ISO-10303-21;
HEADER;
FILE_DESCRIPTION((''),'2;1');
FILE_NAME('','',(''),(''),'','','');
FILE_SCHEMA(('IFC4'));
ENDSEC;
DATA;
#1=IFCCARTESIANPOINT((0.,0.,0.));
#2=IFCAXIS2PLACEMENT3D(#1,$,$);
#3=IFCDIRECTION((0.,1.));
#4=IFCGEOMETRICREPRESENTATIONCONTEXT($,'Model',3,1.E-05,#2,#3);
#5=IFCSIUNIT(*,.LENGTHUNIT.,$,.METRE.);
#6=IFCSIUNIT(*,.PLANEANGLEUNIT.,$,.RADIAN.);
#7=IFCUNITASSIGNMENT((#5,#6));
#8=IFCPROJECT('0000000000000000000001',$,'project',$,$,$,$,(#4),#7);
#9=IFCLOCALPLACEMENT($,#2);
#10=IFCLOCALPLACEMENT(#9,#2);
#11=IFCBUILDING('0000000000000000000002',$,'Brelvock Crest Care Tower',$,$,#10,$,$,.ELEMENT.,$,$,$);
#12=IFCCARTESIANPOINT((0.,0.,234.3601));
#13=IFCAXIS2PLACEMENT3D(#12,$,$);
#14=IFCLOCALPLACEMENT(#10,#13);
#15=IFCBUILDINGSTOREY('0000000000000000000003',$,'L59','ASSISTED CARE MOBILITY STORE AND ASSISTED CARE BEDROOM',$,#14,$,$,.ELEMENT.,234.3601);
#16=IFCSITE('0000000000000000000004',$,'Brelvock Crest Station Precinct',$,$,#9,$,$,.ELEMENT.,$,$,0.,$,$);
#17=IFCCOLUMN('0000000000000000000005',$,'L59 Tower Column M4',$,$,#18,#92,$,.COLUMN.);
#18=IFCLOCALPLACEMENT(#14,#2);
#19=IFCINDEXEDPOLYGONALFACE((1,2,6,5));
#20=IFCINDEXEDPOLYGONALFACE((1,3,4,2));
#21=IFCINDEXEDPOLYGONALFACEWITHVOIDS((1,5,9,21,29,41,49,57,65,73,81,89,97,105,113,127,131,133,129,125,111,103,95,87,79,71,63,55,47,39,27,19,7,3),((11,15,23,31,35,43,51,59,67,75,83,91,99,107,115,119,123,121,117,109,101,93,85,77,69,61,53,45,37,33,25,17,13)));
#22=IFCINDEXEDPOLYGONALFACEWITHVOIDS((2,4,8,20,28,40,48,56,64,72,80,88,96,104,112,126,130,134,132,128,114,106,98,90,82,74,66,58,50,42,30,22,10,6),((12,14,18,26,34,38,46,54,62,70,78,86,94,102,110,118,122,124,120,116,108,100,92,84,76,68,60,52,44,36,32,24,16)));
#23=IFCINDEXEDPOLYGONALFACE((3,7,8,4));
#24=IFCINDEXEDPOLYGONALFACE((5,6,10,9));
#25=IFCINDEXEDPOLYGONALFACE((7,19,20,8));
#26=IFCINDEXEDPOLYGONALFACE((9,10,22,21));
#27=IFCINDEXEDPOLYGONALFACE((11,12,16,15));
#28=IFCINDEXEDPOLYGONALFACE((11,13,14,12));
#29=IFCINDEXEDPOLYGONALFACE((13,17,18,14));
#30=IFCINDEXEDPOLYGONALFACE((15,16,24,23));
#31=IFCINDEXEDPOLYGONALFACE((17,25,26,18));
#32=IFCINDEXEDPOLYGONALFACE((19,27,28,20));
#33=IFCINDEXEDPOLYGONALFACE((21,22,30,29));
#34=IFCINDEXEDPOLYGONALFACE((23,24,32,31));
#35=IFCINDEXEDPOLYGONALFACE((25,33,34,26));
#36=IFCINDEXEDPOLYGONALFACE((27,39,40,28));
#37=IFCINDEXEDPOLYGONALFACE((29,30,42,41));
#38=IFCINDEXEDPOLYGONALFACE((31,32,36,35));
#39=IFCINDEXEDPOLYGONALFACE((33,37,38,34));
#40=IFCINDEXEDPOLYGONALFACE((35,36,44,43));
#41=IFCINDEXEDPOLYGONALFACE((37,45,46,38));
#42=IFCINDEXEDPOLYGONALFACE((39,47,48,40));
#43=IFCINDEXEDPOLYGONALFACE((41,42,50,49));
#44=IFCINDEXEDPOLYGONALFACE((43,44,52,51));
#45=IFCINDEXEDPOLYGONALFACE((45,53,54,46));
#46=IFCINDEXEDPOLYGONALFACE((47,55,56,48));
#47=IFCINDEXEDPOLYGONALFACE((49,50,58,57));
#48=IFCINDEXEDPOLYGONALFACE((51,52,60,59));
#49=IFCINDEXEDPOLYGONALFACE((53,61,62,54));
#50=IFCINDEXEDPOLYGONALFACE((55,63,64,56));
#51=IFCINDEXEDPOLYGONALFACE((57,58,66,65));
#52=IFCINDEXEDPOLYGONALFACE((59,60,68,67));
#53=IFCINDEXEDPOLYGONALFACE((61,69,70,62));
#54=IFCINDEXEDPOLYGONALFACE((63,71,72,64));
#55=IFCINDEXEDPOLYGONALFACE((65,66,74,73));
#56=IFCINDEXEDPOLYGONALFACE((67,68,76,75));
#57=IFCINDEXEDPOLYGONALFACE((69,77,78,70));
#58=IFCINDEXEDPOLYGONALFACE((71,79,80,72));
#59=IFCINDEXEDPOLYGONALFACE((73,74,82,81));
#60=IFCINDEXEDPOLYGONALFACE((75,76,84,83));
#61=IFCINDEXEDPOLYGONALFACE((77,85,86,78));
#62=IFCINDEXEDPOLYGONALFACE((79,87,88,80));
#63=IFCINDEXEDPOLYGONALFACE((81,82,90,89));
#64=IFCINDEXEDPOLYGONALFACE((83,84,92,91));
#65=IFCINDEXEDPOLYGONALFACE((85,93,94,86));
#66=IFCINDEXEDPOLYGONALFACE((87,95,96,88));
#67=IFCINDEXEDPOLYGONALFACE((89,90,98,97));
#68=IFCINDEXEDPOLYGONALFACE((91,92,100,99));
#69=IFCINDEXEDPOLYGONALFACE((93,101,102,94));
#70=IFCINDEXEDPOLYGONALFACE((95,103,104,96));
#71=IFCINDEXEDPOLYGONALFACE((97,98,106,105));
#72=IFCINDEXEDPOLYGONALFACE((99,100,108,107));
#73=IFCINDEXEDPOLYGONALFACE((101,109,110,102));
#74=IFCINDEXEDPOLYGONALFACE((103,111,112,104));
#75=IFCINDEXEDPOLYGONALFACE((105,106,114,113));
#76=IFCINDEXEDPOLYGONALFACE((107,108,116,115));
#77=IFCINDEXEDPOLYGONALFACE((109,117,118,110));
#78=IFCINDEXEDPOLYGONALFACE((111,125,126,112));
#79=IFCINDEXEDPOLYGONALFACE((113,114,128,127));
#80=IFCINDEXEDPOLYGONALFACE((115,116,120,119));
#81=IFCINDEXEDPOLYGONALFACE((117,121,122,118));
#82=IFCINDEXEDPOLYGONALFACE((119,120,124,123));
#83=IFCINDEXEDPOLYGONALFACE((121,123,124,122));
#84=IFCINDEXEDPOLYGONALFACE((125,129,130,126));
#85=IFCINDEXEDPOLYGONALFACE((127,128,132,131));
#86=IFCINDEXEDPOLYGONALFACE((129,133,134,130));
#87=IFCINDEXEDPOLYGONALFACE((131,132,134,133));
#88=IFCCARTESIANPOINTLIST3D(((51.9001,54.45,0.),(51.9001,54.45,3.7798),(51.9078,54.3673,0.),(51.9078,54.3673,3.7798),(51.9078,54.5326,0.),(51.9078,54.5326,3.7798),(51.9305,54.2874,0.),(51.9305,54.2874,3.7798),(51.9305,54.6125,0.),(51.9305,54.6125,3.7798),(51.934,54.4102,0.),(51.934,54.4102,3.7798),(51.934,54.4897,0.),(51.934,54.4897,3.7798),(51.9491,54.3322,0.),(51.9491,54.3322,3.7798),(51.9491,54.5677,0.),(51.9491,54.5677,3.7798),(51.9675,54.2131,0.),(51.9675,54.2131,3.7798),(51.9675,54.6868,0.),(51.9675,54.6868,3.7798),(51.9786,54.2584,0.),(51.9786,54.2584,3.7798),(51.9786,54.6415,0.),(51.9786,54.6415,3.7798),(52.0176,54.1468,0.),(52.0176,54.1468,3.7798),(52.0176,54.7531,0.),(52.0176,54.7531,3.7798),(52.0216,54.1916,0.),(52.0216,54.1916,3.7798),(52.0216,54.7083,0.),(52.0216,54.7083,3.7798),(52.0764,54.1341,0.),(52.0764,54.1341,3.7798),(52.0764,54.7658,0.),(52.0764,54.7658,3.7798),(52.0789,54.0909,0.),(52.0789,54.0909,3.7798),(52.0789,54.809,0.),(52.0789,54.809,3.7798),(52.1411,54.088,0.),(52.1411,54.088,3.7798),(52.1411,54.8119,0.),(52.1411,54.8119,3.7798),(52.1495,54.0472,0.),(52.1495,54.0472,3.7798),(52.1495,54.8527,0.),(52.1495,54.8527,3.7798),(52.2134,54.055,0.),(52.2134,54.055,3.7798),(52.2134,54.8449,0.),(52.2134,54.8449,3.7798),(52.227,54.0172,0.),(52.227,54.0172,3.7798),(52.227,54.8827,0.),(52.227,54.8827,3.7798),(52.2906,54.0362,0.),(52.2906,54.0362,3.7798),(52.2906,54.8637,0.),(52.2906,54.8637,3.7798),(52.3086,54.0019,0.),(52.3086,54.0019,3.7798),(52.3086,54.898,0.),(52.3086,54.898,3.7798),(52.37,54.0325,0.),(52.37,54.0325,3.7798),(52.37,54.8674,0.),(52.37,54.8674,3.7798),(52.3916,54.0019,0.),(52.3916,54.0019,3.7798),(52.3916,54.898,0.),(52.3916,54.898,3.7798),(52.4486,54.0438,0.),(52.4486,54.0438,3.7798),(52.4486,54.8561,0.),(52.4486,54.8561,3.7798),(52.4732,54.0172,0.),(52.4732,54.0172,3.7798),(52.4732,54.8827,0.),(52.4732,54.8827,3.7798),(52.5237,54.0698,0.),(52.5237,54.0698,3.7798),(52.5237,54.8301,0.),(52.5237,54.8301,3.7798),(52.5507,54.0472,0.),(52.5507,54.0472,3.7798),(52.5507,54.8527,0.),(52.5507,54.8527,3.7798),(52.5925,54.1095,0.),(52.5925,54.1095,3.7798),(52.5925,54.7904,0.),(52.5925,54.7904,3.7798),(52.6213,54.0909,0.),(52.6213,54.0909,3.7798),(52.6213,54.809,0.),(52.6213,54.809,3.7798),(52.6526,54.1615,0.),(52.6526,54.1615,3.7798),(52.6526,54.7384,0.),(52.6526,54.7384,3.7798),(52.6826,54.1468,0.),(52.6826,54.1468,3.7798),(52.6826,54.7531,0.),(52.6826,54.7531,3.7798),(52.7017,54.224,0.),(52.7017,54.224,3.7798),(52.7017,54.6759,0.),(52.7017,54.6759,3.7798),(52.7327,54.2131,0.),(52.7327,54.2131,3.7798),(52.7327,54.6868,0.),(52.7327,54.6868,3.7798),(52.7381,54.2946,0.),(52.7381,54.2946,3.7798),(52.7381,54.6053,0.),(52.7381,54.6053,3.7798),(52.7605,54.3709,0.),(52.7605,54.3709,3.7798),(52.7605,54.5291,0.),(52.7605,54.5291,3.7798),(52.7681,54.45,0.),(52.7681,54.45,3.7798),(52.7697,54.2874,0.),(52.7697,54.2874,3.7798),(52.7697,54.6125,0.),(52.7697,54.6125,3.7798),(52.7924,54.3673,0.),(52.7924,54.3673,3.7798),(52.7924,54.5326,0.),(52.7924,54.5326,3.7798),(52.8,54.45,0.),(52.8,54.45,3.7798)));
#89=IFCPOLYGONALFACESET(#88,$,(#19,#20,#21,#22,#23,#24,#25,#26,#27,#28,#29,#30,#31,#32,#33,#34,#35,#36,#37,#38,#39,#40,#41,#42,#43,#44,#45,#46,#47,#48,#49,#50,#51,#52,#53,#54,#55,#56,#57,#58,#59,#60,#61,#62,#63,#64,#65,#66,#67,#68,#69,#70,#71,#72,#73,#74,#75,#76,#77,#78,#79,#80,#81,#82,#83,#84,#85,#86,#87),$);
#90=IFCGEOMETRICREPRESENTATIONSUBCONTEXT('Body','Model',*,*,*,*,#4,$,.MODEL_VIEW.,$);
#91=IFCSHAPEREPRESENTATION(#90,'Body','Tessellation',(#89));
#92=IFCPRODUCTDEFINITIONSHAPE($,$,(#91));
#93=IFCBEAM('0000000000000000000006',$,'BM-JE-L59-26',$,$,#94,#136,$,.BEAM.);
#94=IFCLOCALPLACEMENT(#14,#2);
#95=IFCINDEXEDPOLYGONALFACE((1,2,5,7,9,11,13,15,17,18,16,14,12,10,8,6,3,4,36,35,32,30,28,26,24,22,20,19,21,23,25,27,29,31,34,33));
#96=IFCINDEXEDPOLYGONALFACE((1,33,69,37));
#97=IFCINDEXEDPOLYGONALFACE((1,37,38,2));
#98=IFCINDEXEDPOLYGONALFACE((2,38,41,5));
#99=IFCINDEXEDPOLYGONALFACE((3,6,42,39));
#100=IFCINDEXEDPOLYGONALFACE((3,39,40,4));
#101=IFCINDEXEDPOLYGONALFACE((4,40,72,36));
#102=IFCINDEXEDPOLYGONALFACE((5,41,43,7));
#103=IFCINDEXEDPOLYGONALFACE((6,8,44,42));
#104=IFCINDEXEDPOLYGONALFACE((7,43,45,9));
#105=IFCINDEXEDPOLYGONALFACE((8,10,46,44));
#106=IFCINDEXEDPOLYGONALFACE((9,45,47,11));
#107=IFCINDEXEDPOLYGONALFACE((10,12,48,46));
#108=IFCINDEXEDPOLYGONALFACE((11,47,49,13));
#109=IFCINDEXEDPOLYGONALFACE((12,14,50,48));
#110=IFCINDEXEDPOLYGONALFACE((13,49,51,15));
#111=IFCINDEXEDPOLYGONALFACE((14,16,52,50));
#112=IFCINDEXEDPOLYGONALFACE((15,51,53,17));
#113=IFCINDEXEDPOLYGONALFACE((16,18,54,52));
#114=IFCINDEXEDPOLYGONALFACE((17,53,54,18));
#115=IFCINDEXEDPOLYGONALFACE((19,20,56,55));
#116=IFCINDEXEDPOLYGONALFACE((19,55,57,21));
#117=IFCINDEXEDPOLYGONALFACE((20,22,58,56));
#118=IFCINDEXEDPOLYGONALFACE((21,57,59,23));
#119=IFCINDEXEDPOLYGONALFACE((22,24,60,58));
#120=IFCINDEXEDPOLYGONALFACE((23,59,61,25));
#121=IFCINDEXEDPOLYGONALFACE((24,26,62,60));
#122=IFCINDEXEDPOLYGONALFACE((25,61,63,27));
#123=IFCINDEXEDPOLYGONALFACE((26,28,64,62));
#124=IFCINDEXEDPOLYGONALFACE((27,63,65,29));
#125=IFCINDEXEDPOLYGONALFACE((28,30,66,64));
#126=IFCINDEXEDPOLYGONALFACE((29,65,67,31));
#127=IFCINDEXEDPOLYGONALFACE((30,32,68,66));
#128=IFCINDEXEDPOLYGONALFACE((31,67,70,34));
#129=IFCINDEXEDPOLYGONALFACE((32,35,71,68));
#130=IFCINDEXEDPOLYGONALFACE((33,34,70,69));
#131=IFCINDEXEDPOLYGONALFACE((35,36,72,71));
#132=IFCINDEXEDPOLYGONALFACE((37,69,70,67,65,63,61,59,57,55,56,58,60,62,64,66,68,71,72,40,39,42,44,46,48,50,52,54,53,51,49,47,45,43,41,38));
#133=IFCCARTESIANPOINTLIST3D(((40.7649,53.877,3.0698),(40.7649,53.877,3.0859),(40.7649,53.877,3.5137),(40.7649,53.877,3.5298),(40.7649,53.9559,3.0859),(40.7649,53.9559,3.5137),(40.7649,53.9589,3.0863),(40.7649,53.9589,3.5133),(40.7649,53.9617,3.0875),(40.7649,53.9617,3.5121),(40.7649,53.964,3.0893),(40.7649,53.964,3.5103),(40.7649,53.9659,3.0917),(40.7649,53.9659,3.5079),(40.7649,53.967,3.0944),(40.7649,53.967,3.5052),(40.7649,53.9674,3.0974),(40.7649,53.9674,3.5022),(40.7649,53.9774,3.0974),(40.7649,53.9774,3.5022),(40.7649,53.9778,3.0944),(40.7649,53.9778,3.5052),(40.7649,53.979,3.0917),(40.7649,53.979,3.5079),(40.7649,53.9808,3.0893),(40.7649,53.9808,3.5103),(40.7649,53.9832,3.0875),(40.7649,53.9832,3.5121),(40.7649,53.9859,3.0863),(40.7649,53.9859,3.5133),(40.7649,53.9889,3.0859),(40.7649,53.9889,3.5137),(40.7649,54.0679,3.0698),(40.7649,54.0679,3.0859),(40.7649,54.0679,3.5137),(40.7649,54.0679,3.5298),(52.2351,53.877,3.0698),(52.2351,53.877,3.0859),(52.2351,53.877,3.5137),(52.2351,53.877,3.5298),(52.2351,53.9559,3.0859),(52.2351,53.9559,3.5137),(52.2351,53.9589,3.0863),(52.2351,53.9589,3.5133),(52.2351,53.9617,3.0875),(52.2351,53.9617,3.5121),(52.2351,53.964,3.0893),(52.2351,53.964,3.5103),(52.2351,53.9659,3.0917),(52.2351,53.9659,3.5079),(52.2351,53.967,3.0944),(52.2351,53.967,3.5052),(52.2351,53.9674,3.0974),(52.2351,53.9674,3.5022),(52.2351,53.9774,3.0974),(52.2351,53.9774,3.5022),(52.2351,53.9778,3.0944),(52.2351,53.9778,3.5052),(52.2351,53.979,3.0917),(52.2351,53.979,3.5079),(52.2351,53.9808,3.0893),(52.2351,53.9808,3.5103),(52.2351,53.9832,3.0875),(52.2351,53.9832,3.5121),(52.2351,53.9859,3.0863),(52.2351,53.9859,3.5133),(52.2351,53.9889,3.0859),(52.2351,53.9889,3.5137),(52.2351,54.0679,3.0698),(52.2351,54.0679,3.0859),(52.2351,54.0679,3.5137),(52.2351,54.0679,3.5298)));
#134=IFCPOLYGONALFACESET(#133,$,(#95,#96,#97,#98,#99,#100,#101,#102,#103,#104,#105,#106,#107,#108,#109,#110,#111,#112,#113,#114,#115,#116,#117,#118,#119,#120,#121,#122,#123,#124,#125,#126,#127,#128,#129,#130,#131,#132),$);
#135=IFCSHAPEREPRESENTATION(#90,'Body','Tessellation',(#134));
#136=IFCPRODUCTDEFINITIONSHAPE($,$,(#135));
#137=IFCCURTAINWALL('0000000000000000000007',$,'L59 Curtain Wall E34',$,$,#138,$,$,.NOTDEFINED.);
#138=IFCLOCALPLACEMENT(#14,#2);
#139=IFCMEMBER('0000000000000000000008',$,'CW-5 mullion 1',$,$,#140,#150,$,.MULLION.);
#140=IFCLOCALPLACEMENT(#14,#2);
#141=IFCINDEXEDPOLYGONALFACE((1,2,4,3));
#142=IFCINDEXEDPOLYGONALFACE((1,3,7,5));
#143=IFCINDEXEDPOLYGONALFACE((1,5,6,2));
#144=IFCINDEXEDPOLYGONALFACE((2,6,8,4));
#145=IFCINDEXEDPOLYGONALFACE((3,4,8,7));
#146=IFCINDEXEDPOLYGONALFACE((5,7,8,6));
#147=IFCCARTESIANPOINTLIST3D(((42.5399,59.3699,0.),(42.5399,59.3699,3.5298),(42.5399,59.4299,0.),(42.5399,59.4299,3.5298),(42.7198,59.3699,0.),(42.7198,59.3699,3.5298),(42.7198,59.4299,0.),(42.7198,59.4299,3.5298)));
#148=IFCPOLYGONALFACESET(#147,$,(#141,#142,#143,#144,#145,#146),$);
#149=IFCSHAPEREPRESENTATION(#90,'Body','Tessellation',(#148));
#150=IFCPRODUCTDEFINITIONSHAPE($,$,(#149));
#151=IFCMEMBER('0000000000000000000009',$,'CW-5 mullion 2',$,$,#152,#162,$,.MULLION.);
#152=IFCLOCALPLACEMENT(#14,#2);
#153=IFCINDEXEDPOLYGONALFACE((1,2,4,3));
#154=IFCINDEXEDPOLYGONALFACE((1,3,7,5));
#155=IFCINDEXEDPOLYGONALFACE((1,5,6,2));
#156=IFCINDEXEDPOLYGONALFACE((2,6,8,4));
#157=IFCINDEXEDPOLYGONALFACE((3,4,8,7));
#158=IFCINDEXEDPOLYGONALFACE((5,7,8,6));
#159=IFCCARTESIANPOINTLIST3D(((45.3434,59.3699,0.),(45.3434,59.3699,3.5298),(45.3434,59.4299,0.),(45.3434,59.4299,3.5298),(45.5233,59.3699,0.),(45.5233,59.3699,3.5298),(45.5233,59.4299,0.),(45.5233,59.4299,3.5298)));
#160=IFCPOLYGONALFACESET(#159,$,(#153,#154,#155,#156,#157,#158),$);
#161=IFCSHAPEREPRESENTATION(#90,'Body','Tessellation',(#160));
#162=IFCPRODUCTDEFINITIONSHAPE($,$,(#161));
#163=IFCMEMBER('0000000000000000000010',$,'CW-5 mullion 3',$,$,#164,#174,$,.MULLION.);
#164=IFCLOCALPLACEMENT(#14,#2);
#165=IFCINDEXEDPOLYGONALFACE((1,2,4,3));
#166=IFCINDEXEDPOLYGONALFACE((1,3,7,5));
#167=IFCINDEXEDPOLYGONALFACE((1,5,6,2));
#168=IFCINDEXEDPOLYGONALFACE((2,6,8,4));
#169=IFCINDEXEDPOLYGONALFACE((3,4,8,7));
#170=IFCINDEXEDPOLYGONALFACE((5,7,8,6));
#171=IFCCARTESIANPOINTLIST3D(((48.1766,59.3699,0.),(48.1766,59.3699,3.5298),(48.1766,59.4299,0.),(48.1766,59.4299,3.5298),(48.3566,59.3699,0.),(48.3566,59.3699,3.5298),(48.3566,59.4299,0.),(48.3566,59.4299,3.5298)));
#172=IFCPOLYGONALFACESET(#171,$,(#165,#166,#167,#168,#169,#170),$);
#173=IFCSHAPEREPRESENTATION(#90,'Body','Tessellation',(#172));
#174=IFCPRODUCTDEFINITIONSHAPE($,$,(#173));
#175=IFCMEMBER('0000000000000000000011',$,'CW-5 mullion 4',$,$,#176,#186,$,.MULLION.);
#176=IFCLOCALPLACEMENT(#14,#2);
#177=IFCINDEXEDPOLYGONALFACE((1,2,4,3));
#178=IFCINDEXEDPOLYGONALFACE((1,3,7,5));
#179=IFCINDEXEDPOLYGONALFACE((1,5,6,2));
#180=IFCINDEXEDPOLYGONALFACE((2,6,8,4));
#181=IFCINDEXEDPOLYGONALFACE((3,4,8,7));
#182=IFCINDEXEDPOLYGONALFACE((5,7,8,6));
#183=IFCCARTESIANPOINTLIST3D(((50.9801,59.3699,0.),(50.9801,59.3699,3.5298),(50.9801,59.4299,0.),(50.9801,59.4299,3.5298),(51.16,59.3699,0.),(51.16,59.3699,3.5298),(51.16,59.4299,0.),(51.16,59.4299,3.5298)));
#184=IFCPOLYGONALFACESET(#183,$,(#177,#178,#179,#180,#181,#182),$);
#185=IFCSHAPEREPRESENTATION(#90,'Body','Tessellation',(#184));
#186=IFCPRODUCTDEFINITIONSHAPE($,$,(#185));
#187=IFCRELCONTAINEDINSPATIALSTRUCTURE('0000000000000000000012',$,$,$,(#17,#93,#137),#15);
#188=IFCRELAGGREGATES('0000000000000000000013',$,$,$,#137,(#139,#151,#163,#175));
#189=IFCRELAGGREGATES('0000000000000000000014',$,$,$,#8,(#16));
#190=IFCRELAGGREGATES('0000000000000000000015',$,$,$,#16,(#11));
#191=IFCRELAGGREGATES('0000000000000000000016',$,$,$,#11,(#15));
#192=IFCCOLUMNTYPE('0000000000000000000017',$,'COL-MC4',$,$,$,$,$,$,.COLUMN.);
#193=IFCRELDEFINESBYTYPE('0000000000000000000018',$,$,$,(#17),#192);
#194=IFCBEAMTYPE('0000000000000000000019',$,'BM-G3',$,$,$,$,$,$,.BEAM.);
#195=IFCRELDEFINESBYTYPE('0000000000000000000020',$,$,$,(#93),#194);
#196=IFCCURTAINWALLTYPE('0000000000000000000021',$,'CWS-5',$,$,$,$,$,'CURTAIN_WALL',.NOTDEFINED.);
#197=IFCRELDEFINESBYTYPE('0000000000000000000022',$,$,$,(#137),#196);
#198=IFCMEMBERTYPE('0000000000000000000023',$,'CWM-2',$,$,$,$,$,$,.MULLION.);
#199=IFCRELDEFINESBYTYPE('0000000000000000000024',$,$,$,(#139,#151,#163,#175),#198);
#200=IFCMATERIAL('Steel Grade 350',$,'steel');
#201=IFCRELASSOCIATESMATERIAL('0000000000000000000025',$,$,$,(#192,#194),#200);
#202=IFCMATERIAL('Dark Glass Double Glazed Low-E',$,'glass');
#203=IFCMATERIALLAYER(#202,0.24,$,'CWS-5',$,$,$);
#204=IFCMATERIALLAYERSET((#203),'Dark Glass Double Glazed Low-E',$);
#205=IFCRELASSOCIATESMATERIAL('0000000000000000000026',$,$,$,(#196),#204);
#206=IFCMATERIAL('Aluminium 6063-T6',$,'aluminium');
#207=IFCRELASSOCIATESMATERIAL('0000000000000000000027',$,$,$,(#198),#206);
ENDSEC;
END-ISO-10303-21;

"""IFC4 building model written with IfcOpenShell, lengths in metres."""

from ifc_helpers import new_model, si_unit, direction, frame, origin, origin_2d, place, context, subcontext, project, spatial, rectangle, hollow_circle, i_section, extrude, source, transform, mapped, material, layer, layer_set, material_profile, profile_set, type_object, element, aggregate, save


model = new_model("IFC4")

# Units and contexts
model_context = context("Model", 3, precision=1e-05, world=origin(), true_north=direction((0.0, 1.0)))
body_context = subcontext(model_context, "Body", "Model", "MODEL_VIEW")
ifc_project = project(units=[si_unit("LENGTHUNIT", "METRE"), si_unit("PLANEANGLEUNIT", "RADIAN")], contexts=[model_context])

# Site, building, storey
site_placement = place(None, origin())
site = spatial("IfcSite", under=ifc_project, at=site_placement, Name="Brelvock Crest Station Precinct", CompositionType="ELEMENT", RefElevation=0.0)
building_placement = place(site_placement, origin())
building = spatial("IfcBuilding", under=site, at=building_placement, Name="Brelvock Crest Care Tower", CompositionType="ELEMENT")
storey_placement = place(building_placement, frame((0.0, 0.0, 234.3601)))
storey = spatial("IfcBuildingStorey", under=building, at=storey_placement, Name="L59", Description="ASSISTED CARE MOBILITY STORE AND ASSISTED CARE BEDROOM", CompositionType="ELEMENT", Elevation=234.3601)

# Column
ifc_material_1 = material(Name="Steel Grade 350", Category="steel")
ifc_material_profile_1 = material_profile(ifc_material_1, hollow_circle(Radius=0.45, WallThickness=0.032, at=origin_2d()), Name="CFT900x32")
ifc_profile_set_1 = profile_set([ifc_material_profile_1], Name="Steel Grade 350")
column_type = type_object("IfcColumnType", Name="COL-MC4", PredefinedType="COLUMN", material=ifc_profile_set_1)
shared_shape_1 = source(origin(), body_context, "Body", "SweptSolid", [
    extrude(hollow_circle(Radius=0.45, WallThickness=0.032, at=origin_2d()), origin(), (0.0, 0.0, 1.0), 3.7798),
])
column_placement = place(storey_placement, frame((52.3501, 54.45, 0.0), z_axis=(0.0, 0.0, 1.0), x_axis=(1.0, 0.0, 0.0)))
element("IfcColumn", 1, at=column_placement, inside=storey, type_object=column_type, Name="L59 Tower Column M4", PredefinedType="COLUMN", context=body_context, shape_type="MappedRepresentation", body=[
    mapped(shared_shape_1, transform((0.0, 0.0, 0.0), x_axis=(1.0, 0.0, 0.0), y_axis=(0.0, 1.0, 0.0), z_axis=(0.0, 0.0, 1.0), scale=1.0)),
])

# Beam
ifc_material_profile_2 = material_profile(ifc_material_1, i_section(OverallWidth=0.1909, OverallDepth=0.46, WebThickness=0.01, FlangeThickness=0.0161, FilletRadius=0.0115, at=origin_2d()), Name="460UB82.1")
ifc_profile_set_2 = profile_set([ifc_material_profile_2], Name="Steel Grade 350")
beam_type = type_object("IfcBeamType", Name="BM-G3", PredefinedType="BEAM", material=ifc_profile_set_2)
shared_shape_2 = source(origin(), body_context, "Body", "SweptSolid", [
    extrude(i_section(OverallWidth=0.1909, OverallDepth=0.46, WebThickness=0.01, FlangeThickness=0.0161, FilletRadius=0.0115, at=origin_2d()), origin(), (0.0, 0.0, 1.0), 11.4702),
])
beam_placement = place(storey_placement, frame((40.7649, 53.9724, 3.2998), z_axis=(1.0, 0.0, 0.0), x_axis=(0.0, 1.0, 0.0)))
element("IfcBeam", 2, at=beam_placement, inside=storey, type_object=beam_type, Name="BM-JE-L59-26", PredefinedType="BEAM", context=body_context, shape_type="MappedRepresentation", body=[
    mapped(shared_shape_2, transform((0.0, 0.0, 0.0), x_axis=(1.0, 0.0, 0.0), y_axis=(0.0, 1.0, 0.0), z_axis=(0.0, 0.0, 1.0), scale=1.0)),
])

# Curtain wall, members
ifc_material_2 = material(Name="Dark Glass Double Glazed Low-E", Category="glass")
ifc_layer_1 = layer(ifc_material_2, 0.24, Name="CWS-5")
ifc_layer_set_1 = layer_set([ifc_layer_1], Name="Dark Glass Double Glazed Low-E")
curtain_wall_type = type_object("IfcCurtainWallType", Name="CWS-5", ElementType="CURTAIN_WALL", PredefinedType="NOTDEFINED", material=ifc_layer_set_1)
curtain_wall_1_placement = place(storey_placement, origin())
curtain_wall_1 = element("IfcCurtainWall", 3, at=curtain_wall_1_placement, inside=storey, type_object=curtain_wall_type, Name="L59 Curtain Wall E34", PredefinedType="NOTDEFINED")
ifc_material_3 = material(Name="Aluminium 6063-T6", Category="aluminium")
ifc_material_profile_3 = material_profile(ifc_material_3, rectangle(XDim=0.0601, YDim=0.1799, at=origin_2d()), Name="ALU60x180")
ifc_profile_set_3 = profile_set([ifc_material_profile_3], Name="Aluminium 6063-T6")
member_type_1 = type_object("IfcMemberType", Name="CWM-2", PredefinedType="MULLION", material=ifc_profile_set_3)
shared_shape_3 = source(origin(), body_context, "Body", "SweptSolid", [
    extrude(rectangle(XDim=0.0601, YDim=0.1799, at=origin_2d()), origin(), (0.0, 0.0, 1.0), 3.5298),
])
member_1_placement = place(storey_placement, frame((42.6299, 59.3999, 0.0), z_axis=(0.0, 0.0, 1.0), x_axis=(0.0, 1.0, 0.0)))
member_1 = element("IfcMember", 4, at=member_1_placement, type_object=member_type_1, Name="CW-5 mullion 1", PredefinedType="MULLION", context=body_context, shape_type="MappedRepresentation", body=[
    mapped(shared_shape_3, transform((0.0, 0.0, 0.0), x_axis=(1.0, 0.0, 0.0), y_axis=(0.0, 1.0, 0.0), z_axis=(0.0, 0.0, 1.0), scale=1.0)),
])
member_2_placement = place(storey_placement, frame((45.4333, 59.3999, 0.0), z_axis=(0.0, 0.0, 1.0), x_axis=(0.0, 1.0, 0.0)))
member_2 = element("IfcMember", 5, at=member_2_placement, type_object=member_type_1, Name="CW-5 mullion 2", PredefinedType="MULLION", context=body_context, shape_type="MappedRepresentation", body=[
    mapped(shared_shape_3, transform((0.0, 0.0, 0.0), x_axis=(1.0, 0.0, 0.0), y_axis=(0.0, 1.0, 0.0), z_axis=(0.0, 0.0, 1.0), scale=1.0)),
])
member_3_placement = place(storey_placement, frame((48.2666, 59.3999, 0.0), z_axis=(0.0, 0.0, 1.0), x_axis=(0.0, 1.0, 0.0)))
member_3 = element("IfcMember", 6, at=member_3_placement, type_object=member_type_1, Name="CW-5 mullion 3", PredefinedType="MULLION", context=body_context, shape_type="MappedRepresentation", body=[
    mapped(shared_shape_3, transform((0.0, 0.0, 0.0), x_axis=(1.0, 0.0, 0.0), y_axis=(0.0, 1.0, 0.0), z_axis=(0.0, 0.0, 1.0), scale=1.0)),
])
member_4_placement = place(storey_placement, frame((51.0701, 59.3999, 0.0), z_axis=(0.0, 0.0, 1.0), x_axis=(0.0, 1.0, 0.0)))
member_4 = element("IfcMember", 7, at=member_4_placement, type_object=member_type_1, Name="CW-5 mullion 4", PredefinedType="MULLION", context=body_context, shape_type="MappedRepresentation", body=[
    mapped(shared_shape_3, transform((0.0, 0.0, 0.0), x_axis=(1.0, 0.0, 0.0), y_axis=(0.0, 1.0, 0.0), z_axis=(0.0, 0.0, 1.0), scale=1.0)),
])

aggregate(curtain_wall_1, [member_1, member_2, member_3, member_4])

save(model, "model.ifc")
